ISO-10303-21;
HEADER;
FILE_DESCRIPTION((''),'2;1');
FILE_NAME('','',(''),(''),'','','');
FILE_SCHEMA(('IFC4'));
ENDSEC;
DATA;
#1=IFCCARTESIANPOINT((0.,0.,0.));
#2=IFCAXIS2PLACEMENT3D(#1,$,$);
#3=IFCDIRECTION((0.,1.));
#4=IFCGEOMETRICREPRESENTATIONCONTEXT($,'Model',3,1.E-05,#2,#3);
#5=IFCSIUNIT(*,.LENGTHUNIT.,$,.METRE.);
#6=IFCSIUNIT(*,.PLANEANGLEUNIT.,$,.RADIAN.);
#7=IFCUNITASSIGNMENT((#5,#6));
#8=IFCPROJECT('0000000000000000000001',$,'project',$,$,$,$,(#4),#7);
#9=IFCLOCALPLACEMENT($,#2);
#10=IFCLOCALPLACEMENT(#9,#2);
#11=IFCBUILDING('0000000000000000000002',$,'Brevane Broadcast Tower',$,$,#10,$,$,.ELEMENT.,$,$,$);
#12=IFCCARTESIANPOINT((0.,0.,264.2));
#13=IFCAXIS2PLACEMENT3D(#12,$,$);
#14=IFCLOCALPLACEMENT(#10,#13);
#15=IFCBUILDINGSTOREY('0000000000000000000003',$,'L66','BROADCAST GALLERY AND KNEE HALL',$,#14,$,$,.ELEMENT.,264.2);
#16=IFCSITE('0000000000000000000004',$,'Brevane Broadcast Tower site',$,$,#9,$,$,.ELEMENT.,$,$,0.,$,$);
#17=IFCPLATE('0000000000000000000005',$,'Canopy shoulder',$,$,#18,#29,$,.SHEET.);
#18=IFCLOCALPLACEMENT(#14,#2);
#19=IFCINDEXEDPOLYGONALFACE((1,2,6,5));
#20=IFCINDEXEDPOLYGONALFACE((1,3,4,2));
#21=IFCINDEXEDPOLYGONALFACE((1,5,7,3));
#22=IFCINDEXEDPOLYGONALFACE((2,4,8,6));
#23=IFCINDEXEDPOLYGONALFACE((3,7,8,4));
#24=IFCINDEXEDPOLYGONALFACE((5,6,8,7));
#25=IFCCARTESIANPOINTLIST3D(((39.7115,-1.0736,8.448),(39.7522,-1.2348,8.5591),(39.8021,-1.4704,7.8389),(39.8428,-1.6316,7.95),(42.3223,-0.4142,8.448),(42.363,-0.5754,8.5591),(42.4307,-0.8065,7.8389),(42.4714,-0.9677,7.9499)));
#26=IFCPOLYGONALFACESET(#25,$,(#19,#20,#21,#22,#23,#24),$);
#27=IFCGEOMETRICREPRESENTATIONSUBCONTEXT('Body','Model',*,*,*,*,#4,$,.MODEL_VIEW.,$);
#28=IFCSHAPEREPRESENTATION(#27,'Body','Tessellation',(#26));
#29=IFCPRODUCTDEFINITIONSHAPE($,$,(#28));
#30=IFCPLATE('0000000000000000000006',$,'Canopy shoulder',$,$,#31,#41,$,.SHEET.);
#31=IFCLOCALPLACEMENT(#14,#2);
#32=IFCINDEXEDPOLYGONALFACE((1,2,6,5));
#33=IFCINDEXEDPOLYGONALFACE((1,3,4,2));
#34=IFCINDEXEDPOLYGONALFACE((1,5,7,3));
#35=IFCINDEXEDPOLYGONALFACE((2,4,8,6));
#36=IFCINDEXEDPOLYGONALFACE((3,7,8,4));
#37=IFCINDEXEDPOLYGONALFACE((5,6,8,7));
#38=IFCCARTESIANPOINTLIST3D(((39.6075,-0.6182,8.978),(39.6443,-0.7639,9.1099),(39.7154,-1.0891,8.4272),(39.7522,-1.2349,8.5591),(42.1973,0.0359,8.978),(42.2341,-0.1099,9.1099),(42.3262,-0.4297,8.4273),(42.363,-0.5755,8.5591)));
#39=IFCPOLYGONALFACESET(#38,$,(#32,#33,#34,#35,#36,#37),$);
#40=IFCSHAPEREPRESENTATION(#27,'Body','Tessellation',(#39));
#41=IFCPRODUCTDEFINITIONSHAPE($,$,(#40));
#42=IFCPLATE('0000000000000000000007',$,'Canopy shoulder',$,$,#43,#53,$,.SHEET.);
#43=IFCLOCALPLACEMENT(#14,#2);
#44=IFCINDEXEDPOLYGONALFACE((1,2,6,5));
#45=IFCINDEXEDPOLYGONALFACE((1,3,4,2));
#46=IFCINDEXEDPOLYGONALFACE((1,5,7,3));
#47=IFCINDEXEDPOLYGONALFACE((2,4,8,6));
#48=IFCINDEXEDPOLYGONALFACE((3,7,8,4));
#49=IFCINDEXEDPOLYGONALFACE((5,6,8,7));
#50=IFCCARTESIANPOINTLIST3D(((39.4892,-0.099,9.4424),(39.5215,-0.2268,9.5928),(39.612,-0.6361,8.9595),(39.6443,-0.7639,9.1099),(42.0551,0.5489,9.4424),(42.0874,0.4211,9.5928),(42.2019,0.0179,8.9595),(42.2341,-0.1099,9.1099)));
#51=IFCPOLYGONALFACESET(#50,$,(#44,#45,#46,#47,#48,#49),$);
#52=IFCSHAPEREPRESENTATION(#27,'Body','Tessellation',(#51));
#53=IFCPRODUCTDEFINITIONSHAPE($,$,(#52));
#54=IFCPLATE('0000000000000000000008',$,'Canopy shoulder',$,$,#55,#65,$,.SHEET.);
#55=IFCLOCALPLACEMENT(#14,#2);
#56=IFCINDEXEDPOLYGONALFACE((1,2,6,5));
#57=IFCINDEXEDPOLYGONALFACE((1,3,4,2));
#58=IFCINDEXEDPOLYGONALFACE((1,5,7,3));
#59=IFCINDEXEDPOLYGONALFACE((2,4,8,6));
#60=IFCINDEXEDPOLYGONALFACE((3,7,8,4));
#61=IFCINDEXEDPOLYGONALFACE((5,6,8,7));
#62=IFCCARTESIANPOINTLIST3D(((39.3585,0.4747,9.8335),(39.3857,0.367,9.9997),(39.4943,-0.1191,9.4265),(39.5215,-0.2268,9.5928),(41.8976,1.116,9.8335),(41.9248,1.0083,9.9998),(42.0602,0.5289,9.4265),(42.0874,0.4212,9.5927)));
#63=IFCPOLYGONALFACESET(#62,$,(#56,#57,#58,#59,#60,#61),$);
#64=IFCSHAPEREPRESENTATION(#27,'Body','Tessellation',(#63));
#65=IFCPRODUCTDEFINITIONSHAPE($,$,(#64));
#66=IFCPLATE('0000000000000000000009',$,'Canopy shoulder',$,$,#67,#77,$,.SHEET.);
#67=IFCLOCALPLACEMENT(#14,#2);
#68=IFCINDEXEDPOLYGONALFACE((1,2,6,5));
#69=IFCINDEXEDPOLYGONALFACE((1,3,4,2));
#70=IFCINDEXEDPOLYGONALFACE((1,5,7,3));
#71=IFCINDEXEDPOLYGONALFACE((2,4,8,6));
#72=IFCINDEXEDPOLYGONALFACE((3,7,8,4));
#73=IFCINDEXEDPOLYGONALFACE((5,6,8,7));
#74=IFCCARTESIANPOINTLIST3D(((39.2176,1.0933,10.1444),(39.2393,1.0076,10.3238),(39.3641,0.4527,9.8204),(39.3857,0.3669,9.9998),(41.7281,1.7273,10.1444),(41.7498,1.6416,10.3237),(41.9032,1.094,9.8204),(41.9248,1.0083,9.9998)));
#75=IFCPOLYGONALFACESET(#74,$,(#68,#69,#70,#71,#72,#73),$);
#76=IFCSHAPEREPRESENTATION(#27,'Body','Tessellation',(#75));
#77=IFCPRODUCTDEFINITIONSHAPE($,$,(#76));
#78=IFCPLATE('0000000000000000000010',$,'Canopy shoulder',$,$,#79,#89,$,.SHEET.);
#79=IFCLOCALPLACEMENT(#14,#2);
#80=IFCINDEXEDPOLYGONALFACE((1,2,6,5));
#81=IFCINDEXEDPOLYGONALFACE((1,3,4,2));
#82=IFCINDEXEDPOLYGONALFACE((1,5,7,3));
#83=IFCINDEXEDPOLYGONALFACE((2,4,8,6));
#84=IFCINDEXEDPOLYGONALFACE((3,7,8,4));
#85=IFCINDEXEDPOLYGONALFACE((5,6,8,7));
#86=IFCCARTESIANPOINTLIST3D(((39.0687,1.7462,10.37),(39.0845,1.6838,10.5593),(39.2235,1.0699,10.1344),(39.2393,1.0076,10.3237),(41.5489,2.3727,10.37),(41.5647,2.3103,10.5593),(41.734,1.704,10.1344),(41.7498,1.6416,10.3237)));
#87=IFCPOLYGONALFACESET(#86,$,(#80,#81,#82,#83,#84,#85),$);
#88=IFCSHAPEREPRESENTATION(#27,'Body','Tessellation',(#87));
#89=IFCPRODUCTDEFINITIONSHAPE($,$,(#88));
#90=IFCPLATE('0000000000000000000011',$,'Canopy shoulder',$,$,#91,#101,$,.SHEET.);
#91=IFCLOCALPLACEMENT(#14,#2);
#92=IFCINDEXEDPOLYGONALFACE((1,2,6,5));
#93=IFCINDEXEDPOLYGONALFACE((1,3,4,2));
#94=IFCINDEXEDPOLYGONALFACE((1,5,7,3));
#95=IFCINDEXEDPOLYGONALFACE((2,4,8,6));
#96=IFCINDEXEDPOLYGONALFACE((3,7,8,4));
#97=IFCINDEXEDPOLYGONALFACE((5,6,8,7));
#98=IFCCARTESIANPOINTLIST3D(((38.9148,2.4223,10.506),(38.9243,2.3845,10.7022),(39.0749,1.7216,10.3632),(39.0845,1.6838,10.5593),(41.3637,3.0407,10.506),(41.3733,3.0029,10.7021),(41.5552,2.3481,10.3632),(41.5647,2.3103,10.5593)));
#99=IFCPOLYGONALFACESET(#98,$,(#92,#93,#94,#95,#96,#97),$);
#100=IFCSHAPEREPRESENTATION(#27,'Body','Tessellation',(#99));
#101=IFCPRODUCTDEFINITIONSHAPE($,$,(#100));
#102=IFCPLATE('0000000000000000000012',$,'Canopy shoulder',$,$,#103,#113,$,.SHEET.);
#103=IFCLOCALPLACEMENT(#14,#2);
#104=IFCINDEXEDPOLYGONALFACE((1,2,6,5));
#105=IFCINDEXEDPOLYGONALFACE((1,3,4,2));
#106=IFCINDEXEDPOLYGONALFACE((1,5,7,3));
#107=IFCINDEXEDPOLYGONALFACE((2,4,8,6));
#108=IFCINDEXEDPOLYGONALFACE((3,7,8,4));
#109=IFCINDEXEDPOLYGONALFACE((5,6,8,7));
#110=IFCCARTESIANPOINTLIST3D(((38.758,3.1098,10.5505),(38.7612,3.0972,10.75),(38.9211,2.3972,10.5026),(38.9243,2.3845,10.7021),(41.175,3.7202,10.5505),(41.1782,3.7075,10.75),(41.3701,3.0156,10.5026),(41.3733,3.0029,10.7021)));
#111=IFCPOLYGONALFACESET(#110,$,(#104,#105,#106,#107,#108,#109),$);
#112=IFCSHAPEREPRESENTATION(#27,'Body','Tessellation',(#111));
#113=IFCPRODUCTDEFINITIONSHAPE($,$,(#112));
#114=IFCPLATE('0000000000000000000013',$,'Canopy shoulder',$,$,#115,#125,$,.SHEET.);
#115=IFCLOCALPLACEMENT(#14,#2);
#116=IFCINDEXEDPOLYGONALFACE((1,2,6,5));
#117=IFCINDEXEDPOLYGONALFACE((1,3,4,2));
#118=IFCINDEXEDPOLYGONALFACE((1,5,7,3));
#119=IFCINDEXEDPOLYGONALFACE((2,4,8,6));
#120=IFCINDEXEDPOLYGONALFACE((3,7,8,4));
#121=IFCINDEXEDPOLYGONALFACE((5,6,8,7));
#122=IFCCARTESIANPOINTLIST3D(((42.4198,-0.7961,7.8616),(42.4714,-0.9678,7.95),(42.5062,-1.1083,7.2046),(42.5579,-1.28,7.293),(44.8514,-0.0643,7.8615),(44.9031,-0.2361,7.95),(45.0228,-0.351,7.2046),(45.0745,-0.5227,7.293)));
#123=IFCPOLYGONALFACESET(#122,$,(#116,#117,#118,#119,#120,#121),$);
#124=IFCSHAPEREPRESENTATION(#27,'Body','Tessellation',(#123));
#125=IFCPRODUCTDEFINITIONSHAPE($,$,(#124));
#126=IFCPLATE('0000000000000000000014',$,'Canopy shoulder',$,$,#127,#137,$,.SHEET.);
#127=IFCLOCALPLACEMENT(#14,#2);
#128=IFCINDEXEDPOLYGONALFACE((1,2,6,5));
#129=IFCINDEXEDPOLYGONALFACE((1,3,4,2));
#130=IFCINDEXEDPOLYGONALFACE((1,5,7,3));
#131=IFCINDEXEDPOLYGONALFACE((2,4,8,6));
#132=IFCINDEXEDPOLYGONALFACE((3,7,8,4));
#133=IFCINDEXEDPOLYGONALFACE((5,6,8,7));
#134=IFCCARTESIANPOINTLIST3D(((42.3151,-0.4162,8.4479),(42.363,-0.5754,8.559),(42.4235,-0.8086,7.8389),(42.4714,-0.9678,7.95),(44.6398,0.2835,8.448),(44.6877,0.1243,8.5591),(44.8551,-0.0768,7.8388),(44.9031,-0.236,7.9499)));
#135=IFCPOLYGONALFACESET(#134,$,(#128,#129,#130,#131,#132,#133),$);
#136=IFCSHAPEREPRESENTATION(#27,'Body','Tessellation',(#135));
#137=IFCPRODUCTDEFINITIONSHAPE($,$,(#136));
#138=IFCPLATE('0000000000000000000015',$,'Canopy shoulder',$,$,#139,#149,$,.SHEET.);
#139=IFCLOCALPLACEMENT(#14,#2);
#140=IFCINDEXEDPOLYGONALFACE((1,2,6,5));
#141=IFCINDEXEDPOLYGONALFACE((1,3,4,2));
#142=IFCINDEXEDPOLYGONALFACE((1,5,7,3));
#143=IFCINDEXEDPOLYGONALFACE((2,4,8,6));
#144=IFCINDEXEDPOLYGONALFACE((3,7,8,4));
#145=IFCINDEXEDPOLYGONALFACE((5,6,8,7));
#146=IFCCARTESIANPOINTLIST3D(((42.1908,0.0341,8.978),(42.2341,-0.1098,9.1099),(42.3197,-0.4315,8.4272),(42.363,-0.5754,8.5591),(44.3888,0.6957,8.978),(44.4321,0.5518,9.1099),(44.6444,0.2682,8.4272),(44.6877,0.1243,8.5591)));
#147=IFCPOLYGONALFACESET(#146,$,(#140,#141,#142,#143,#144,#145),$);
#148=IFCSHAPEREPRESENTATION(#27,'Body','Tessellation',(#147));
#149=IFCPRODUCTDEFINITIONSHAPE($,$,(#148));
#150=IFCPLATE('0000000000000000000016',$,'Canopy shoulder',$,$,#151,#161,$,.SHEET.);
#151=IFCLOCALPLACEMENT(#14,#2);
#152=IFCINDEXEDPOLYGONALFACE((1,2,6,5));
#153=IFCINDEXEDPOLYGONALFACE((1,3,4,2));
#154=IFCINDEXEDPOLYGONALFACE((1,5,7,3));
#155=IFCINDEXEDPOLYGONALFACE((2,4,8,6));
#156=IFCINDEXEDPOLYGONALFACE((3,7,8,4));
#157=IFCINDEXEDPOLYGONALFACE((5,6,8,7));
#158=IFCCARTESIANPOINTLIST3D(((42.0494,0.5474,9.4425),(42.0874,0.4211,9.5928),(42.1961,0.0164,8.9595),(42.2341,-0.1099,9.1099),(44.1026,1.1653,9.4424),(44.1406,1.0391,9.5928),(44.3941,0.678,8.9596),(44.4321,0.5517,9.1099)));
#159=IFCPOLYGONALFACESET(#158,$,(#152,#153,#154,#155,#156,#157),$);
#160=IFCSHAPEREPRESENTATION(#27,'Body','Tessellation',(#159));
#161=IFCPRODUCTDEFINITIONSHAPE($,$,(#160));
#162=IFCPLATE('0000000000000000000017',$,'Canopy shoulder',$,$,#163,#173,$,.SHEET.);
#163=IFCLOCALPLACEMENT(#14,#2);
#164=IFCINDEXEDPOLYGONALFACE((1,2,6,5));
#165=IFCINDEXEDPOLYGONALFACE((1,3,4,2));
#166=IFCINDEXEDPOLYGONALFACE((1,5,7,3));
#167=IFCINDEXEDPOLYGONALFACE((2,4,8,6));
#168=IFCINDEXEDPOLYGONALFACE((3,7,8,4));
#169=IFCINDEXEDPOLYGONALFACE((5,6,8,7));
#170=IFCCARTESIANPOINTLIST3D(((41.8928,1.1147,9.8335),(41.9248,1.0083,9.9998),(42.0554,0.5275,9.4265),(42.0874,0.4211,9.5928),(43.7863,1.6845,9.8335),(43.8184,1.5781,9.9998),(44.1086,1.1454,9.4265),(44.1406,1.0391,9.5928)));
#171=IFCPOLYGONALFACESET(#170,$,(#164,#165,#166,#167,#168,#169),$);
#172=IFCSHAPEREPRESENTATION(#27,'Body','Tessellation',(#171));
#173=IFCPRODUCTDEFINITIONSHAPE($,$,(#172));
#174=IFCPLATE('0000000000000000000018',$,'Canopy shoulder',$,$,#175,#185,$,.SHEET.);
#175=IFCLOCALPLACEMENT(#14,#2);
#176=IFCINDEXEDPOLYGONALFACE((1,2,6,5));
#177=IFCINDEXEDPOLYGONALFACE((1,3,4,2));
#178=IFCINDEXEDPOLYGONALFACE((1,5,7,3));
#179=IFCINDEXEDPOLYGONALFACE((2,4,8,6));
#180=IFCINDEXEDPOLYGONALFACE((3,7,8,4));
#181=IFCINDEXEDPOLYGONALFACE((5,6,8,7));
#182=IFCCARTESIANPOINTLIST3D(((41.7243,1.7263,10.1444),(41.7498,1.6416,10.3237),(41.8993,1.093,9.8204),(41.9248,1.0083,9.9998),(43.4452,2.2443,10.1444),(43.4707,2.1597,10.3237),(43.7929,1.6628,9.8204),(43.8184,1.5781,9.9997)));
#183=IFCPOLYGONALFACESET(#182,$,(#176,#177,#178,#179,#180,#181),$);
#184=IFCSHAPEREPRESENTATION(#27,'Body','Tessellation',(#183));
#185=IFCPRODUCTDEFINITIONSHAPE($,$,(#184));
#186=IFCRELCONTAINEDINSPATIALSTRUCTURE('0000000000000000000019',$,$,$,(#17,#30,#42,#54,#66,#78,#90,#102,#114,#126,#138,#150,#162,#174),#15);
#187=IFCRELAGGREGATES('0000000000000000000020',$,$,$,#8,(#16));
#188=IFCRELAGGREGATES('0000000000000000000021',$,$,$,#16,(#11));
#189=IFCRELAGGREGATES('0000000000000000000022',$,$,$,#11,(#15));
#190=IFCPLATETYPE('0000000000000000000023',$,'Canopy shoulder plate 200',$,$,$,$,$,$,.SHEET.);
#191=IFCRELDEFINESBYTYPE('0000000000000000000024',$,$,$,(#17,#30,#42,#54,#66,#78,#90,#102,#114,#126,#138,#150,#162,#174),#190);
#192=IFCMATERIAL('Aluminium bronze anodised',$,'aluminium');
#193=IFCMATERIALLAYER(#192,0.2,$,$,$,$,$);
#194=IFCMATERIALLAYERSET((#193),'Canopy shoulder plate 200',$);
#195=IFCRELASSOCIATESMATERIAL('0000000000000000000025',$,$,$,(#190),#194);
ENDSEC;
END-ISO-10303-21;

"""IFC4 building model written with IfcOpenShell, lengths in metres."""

from ifc_helpers import new_model, si_unit, direction, frame, origin, place, context, subcontext, project, spatial, polyline, outline, extrude, material, layer, layer_set, type_object, element, save


model = new_model("IFC4")

# Units and contexts
model_context = context("Model", 3, precision=1e-05, world=origin(), true_north=direction((0.0, 1.0)))
body_context = subcontext(model_context, "Body", "Model", "MODEL_VIEW")
ifc_project = project(units=[si_unit("LENGTHUNIT", "METRE"), si_unit("PLANEANGLEUNIT", "RADIAN")], contexts=[model_context])

# Site, building, storey
site_placement = place(None, origin())
site = spatial("IfcSite", under=ifc_project, at=site_placement, Name="Brevane Broadcast Tower site", CompositionType="ELEMENT", RefElevation=0.0)
building_placement = place(site_placement, origin())
building = spatial("IfcBuilding", under=site, at=building_placement, Name="Brevane Broadcast Tower", CompositionType="ELEMENT")
storey_placement = place(building_placement, frame((0.0, 0.0, 264.2)))
storey = spatial("IfcBuildingStorey", under=building, at=storey_placement, Name="L66", Description="BROADCAST GALLERY AND KNEE HALL", CompositionType="ELEMENT", Elevation=264.2)

# Plates
ifc_material = material(Name="Aluminium bronze anodised", Category="aluminium")
ifc_layer = layer(ifc_material, 0.2)
ifc_layer_set = layer_set([ifc_layer], Name="Canopy shoulder plate 200")
plate_type = type_object("IfcPlateType", Name="Canopy shoulder plate 200", PredefinedType="SHEET", material=ifc_layer_set)
plate_1_placement = place(storey_placement, frame((39.8428, -1.6316, 7.95), z_axis=(0.203616, -0.806235, 0.555451), x_axis=(0.969559, 0.244857, -0.000009)))
element("IfcPlate", 1, at=plate_1_placement, inside=storey, type_object=plate_type, Name="Canopy shoulder", PredefinedType="SHEET", context=body_context, shape_type="SweptSolid", body=[
    extrude(outline(polyline([(0.0, 0.0), (2.7112, 0.0), (2.7021, 0.7326), (0.0093, 0.7325), (0.0, 0.0)])), origin(), (0.0, 0.0, -1.0), 0.2),
])
plate_2_placement = place(storey_placement, frame((39.7522, -1.2349, 8.5591), z_axis=(0.184106, -0.728965, 0.659329), x_axis=(0.969555, 0.244875, 0.000006)))
element("IfcPlate", 2, at=plate_2_placement, inside=storey, type_object=plate_type, Name="Canopy shoulder", PredefinedType="SHEET", context=body_context, shape_type="SweptSolid", body=[
    extrude(outline(polyline([(0.0, 0.0), (2.6928, 0.0), (2.6819, 0.7325), (0.0107, 0.7326), (0.0, 0.0)])), origin(), (0.0, 0.0, -1.0), 0.2),
])
plate_3_placement = place(storey_placement, frame((39.6443, -0.7639, 9.1099), z_axis=(0.161415, -0.639181, 0.751926), x_axis=(0.96956, 0.244853, 0.000006)))
element("IfcPlate", 3, at=plate_3_placement, inside=storey, type_object=plate_type, Name="Canopy shoulder", PredefinedType="SHEET", context=body_context, shape_type="SweptSolid", body=[
    extrude(outline(polyline([(0.0, 0.0), (2.6712, 0.0), (2.6589, 0.7325), (0.0125, 0.7325), (0.0, 0.0)])), origin(), (0.0, 0.0, -1.0), 0.2),
])
plate_4_placement = place(storey_placement, frame((39.5215, -0.2268, 9.5928), z_axis=(0.136056, -0.538709, 0.831433), x_axis=(0.969562, 0.244846, -0.000016)))
element("IfcPlate", 4, at=plate_4_placement, inside=storey, type_object=plate_type, Name="Canopy shoulder", PredefinedType="SHEET", context=body_context, shape_type="SweptSolid", body=[
    extrude(outline(polyline([(0.0, 0.0), (2.6465, 0.0), (2.6326, 0.7326), (0.0138, 0.7324), (0.0, 0.0)])), origin(), (0.0, 0.0, -1.0), 0.2),
])
plate_5_placement = place(storey_placement, frame((39.3857, 0.3669, 9.9998), z_axis=(0.108312, -0.428831, 0.896868), x_axis=(0.969548, 0.2449, 0.000008)))
element("IfcPlate", 5, at=plate_5_placement, inside=storey, type_object=plate_type, Name="Canopy shoulder", PredefinedType="SHEET", context=body_context, shape_type="SweptSolid", body=[
    extrude(outline(polyline([(0.0, 0.0), (2.6188, 0.0), (2.6042, 0.7324), (0.0149, 0.7325), (0.0, 0.0)])), origin(), (0.0, 0.0, -1.0), 0.2),
])
plate_6_placement = place(storey_placement, frame((39.2393, 1.0076, 10.3237), z_axis=(0.078757, -0.311823, 0.946871), x_axis=(0.969557, 0.244866, -0.000004)))
element("IfcPlate", 6, at=plate_6_placement, inside=storey, type_object=plate_type, Name="Canopy shoulder", PredefinedType="SHEET", context=body_context, shape_type="SweptSolid", body=[
    extrude(outline(polyline([(0.0, 0.0), (2.5893, 0.0), (2.5736, 0.7326), (0.0155, 0.7325), (0.0, 0.0)])), origin(), (0.0, 0.0, -1.0), 0.2),
])
plate_7_placement = place(storey_placement, frame((39.0845, 1.6838, 10.5593), z_axis=(0.04774, -0.189031, 0.98081), x_axis=(0.96955, 0.244892, 0.000006)))
element("IfcPlate", 7, at=plate_7_placement, inside=storey, type_object=plate_type, Name="Canopy shoulder", PredefinedType="SHEET", context=body_context, shape_type="SweptSolid", body=[
    extrude(outline(polyline([(0.0, 0.0), (2.5581, 0.0), (2.5422, 0.7325), (0.0163, 0.7326), (0.0, 0.0)])), origin(), (0.0, 0.0, -1.0), 0.2),
])
plate_8_placement = place(storey_placement, frame((38.9243, 2.3845, 10.7021), z_axis=(0.015995, -0.063342, 0.997864), x_axis=(0.969566, 0.244832, 0.0)))
element("IfcPlate", 8, at=plate_8_placement, inside=storey, type_object=plate_type, Name="Canopy shoulder", PredefinedType="SHEET", context=body_context, shape_type="SweptSolid", body=[
    extrude(outline(polyline([(0.0, 0.0), (2.5258, 0.0), (2.5092, 0.7325), (0.0164, 0.7325), (0.0, 0.0)])), origin(), (0.0, 0.0, -1.0), 0.2),
])
plate_9_placement = place(storey_placement, frame((42.5579, -1.28, 7.293), z_axis=(0.258454, -0.858886, 0.442173), x_axis=(0.957583, 0.288156, 0.000005)))
element("IfcPlate", 9, at=plate_9_placement, inside=storey, type_object=plate_type, Name="Canopy shoulder", PredefinedType="SHEET", context=body_context, shape_type="SweptSolid", body=[
    extrude(outline(polyline([(0.0, 0.0), (2.6281, 0.0), (2.5466, 0.7325), (0.0072, 0.7325), (0.0, 0.0)])), origin(), (0.0, 0.0, -1.0), 0.2),
])
plate_10_placement = place(storey_placement, frame((42.4714, -0.9678, 7.95), z_axis=(0.239608, -0.796187, 0.555584), x_axis=(0.95758, 0.288166, -0.000017)))
element("IfcPlate", 10, at=plate_10_placement, inside=storey, type_object=plate_type, Name="Canopy shoulder", PredefinedType="SHEET", context=body_context, shape_type="SweptSolid", body=[
    extrude(outline(polyline([(0.0, 0.0), (2.5393, 0.0), (2.437, 0.7327), (0.0092, 0.7326), (0.0, 0.0)])), origin(), (0.0, 0.0, -1.0), 0.2),
])
plate_11_placement = place(storey_placement, frame((42.363, -0.5754, 8.5591), z_axis=(0.216704, -0.719949, 0.659327), x_axis=(0.957564, 0.288221, -0.000005)))
element("IfcPlate", 11, at=plate_11_placement, inside=storey, type_object=plate_type, Name="Canopy shoulder", PredefinedType="SHEET", context=body_context, shape_type="SweptSolid", body=[
    extrude(outline(polyline([(0.0, 0.0), (2.4277, 0.0), (2.3062, 0.7326), (0.0107, 0.7325), (0.0, 0.0)])), origin(), (0.0, 0.0, -1.0), 0.2),
])
plate_12_placement = place(storey_placement, frame((42.2341, -0.1099, 9.1099), z_axis=(0.190021, -0.631336, 0.751869), x_axis=(0.957563, 0.288225, 0.000013)))
element("IfcPlate", 12, at=plate_12_placement, inside=storey, type_object=plate_type, Name="Canopy shoulder", PredefinedType="SHEET", context=body_context, shape_type="SweptSolid", body=[
    extrude(outline(polyline([(0.0, 0.0), (2.2954, 0.0), (2.1567, 0.7324), (0.0126, 0.7325), (0.0, 0.0)])), origin(), (0.0, 0.0, -1.0), 0.2),
])
plate_13_placement = place(storey_placement, frame((42.0874, 0.4211, 9.5928), z_axis=(0.160102, -0.532007, 0.831466), x_axis=(0.957576, 0.28818, 0.000005)))
element("IfcPlate", 13, at=plate_13_placement, inside=storey, type_object=plate_type, Name="Canopy shoulder", PredefinedType="SHEET", context=body_context, shape_type="SweptSolid", body=[
    extrude(outline(polyline([(0.0, 0.0), (2.1442, 0.0), (1.9909, 0.7325), (0.0135, 0.7326), (0.0, 0.0)])), origin(), (0.0, 0.0, -1.0), 0.2),
])
plate_14_placement = place(storey_placement, frame((41.9248, 1.0083, 9.9998), z_axis=(0.127469, -0.423513, 0.896877), x_axis=(0.957579, 0.288172, -0.000019)))
element("IfcPlate", 14, at=plate_14_placement, inside=storey, type_object=plate_type, Name="Canopy shoulder", PredefinedType="SHEET", context=body_context, shape_type="SweptSolid", body=[
    extrude(outline(polyline([(0.0, 0.0), (1.9774, 0.0), (1.8121, 0.7326), (0.0149, 0.7324), (0.0, 0.0)])), origin(), (0.0, 0.0, -1.0), 0.2),
])

save(model, "model.ifc")
